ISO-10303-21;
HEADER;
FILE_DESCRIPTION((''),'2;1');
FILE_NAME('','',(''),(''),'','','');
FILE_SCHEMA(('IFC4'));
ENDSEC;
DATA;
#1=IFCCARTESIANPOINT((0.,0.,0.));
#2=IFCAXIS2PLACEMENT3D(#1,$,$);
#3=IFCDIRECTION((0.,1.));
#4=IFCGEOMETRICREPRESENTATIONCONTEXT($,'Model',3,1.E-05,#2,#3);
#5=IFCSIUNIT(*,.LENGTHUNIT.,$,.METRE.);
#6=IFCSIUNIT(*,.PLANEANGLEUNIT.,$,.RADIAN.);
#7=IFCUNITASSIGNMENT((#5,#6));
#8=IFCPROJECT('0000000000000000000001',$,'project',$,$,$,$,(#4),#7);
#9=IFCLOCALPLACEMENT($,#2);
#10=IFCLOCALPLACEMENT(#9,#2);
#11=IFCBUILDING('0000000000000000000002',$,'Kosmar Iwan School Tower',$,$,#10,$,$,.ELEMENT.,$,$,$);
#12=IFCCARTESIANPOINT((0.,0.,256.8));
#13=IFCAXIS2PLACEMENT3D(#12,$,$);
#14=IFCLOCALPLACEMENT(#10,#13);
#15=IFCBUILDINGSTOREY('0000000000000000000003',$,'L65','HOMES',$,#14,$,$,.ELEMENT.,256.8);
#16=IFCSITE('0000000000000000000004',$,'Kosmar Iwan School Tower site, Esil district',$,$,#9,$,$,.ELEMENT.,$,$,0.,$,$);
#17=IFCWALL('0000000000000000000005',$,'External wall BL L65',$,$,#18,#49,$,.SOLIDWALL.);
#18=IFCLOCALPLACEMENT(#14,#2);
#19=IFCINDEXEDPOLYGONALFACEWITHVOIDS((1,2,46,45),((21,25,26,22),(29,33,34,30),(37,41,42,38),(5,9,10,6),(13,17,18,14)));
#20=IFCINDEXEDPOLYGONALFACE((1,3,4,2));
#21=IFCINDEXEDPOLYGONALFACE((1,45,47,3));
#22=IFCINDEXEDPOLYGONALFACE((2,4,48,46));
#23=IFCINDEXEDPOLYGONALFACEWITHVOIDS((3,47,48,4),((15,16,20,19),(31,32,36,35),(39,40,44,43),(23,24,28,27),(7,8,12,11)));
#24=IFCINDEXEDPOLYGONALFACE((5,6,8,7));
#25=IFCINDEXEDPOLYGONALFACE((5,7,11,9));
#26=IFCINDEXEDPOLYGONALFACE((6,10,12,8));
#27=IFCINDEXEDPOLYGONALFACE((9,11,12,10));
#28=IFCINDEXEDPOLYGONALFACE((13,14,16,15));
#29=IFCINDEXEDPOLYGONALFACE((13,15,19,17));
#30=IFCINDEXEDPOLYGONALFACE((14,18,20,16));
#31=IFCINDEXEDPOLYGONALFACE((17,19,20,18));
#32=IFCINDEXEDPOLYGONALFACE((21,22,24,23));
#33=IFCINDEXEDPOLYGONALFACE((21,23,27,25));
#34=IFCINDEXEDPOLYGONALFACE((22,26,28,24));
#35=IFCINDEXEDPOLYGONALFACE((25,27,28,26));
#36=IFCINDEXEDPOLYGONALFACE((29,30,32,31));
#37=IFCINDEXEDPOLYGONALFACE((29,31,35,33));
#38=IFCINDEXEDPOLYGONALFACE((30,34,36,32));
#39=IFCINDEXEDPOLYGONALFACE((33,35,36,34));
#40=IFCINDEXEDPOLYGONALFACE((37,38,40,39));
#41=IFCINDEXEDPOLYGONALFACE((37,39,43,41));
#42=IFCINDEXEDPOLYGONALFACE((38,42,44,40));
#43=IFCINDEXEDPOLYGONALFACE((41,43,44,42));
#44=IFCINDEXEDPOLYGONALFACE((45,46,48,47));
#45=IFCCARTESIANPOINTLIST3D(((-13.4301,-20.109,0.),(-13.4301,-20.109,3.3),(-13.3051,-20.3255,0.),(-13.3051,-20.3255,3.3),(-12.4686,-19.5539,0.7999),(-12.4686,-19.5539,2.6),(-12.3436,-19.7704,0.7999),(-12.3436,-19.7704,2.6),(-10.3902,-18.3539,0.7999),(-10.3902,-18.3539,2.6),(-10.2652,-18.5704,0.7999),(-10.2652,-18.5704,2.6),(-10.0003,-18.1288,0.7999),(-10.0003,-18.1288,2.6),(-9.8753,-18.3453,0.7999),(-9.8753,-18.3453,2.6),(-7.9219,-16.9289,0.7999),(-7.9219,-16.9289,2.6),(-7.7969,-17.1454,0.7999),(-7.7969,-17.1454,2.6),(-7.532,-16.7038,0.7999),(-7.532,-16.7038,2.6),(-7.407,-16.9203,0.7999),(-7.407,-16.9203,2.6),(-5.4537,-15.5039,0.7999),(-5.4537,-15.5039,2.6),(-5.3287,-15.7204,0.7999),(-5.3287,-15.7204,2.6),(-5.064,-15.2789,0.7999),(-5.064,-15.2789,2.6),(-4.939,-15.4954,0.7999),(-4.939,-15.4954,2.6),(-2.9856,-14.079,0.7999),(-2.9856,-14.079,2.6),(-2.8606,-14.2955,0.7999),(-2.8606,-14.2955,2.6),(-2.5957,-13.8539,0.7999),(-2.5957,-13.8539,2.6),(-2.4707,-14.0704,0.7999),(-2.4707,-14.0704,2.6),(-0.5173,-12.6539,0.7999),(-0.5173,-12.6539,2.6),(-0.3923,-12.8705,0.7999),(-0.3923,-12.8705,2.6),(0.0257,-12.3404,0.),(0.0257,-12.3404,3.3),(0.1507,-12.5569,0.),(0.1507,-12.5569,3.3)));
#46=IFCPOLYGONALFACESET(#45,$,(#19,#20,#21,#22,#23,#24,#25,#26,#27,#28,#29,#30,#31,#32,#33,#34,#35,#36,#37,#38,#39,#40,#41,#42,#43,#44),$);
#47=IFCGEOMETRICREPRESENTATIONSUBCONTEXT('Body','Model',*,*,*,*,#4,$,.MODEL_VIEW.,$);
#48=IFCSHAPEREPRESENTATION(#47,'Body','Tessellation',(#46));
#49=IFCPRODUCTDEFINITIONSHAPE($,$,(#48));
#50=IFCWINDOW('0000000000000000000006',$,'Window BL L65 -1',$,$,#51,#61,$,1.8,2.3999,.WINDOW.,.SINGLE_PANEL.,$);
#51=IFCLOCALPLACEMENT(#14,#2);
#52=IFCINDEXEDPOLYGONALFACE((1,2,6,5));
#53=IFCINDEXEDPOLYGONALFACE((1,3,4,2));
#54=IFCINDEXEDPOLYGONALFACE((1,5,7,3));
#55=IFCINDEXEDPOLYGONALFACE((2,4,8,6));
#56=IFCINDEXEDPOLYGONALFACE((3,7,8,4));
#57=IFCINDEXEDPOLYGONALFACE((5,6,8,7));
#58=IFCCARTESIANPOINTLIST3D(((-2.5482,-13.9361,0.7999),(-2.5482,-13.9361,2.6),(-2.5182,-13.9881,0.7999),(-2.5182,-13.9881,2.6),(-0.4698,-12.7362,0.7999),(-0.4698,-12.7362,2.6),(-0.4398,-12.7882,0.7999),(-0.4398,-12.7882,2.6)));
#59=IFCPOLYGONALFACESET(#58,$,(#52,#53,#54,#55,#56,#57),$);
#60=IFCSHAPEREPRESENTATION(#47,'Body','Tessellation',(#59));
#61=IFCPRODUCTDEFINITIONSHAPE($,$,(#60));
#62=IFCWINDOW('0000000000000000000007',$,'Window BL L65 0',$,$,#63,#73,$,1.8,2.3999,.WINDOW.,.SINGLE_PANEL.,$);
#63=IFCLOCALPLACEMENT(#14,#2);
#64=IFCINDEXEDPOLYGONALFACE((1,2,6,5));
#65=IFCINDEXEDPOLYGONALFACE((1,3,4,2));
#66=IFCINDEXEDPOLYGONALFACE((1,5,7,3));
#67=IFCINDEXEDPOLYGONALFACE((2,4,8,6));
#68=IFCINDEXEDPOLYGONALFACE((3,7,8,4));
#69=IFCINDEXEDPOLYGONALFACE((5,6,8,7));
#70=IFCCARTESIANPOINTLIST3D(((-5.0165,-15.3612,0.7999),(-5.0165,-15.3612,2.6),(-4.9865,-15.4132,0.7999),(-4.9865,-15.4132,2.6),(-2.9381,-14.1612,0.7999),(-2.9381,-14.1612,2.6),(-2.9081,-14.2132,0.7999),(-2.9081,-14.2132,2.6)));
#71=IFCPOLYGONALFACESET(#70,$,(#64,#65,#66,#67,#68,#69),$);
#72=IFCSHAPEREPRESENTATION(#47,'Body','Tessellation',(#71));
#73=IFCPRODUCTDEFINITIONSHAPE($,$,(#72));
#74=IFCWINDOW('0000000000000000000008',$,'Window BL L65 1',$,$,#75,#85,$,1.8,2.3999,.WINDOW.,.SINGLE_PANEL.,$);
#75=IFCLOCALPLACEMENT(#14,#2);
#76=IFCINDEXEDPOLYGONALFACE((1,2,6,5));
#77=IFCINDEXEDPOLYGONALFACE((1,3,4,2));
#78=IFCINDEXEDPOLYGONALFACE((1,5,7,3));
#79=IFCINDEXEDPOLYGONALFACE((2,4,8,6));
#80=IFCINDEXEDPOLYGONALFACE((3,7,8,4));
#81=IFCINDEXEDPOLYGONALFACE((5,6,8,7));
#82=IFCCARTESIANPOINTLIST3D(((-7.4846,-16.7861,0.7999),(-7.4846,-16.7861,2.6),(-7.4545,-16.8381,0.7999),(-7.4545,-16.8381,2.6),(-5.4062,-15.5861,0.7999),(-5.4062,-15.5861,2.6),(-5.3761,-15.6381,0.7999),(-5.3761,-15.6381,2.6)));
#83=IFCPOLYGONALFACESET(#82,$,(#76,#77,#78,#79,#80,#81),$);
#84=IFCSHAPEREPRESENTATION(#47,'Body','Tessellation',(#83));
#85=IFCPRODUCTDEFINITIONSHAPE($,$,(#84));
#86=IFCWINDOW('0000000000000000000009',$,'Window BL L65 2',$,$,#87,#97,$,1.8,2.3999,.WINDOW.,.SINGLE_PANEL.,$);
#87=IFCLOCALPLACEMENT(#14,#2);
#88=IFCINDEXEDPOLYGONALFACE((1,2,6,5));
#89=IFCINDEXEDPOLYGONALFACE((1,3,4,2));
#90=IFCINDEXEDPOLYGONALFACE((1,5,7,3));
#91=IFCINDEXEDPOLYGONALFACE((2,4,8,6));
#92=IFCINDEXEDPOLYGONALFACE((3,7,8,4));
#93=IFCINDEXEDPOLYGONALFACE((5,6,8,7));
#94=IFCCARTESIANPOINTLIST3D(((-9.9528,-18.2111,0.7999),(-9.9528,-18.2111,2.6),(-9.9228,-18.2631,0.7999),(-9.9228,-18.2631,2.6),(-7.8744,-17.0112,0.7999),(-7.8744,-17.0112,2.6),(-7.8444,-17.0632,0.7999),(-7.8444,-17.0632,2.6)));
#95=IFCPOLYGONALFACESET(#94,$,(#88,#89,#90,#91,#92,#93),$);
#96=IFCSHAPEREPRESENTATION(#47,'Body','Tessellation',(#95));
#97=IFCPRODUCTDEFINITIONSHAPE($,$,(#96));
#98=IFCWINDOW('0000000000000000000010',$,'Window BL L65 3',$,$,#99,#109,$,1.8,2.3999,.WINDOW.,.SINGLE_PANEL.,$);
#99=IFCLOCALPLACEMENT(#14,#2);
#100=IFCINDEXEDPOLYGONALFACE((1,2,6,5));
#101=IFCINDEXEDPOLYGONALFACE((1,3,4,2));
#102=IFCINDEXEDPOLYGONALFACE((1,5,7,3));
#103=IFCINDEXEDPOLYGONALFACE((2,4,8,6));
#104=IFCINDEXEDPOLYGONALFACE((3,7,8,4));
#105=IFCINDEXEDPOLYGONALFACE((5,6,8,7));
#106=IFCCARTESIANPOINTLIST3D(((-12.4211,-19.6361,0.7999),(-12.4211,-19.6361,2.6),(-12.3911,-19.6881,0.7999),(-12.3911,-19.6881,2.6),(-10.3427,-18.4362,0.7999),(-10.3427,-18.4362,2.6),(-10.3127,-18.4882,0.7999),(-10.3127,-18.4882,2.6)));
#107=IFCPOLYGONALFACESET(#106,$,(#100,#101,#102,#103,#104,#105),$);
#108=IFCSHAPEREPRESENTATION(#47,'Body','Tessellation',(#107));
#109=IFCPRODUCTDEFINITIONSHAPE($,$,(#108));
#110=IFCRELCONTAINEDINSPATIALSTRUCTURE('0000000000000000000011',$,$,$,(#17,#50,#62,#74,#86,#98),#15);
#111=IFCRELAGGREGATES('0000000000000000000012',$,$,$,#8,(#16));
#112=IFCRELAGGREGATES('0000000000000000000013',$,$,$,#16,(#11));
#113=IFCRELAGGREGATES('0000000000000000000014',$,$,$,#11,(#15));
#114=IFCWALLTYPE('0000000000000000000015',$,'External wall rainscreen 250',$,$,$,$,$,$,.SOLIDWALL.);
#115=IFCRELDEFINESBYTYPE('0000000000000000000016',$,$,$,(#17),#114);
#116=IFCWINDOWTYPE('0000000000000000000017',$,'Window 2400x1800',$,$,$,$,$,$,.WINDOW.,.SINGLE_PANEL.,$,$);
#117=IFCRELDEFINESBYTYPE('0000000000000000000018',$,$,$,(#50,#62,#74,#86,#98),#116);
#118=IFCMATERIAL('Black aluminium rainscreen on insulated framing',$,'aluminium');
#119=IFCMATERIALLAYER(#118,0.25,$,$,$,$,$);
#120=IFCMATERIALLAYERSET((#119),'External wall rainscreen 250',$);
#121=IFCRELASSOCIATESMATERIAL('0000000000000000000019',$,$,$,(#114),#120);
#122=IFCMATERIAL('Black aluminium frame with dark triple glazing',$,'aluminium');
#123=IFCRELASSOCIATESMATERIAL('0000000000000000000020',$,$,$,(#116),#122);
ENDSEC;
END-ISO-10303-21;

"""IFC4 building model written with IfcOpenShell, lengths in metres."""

from ifc_helpers import new_model, si_unit, direction, frame, frame_2d, origin, place, context, subcontext, project, spatial, rectangle, extrude, material, layer, layer_set, type_object, element, fill, save


model = new_model("IFC4")

# Units and contexts
model_context = context("Model", 3, precision=1e-05, world=origin(), true_north=direction((0.0, 1.0)))
body_context = subcontext(model_context, "Body", "Model", "MODEL_VIEW")
ifc_project = project(units=[si_unit("LENGTHUNIT", "METRE"), si_unit("PLANEANGLEUNIT", "RADIAN")], contexts=[model_context])

# Site, building, storey
site_placement = place(None, origin())
site = spatial("IfcSite", under=ifc_project, at=site_placement, Name="Kosmar Iwan School Tower site, Esil district", CompositionType="ELEMENT", RefElevation=0.0)
building_placement = place(site_placement, origin())
building = spatial("IfcBuilding", under=site, at=building_placement, Name="Kosmar Iwan School Tower", CompositionType="ELEMENT")
storey_placement = place(building_placement, frame((0.0, 0.0, 256.8)))
storey = spatial("IfcBuildingStorey", under=building, at=storey_placement, Name="L65", Description="HOMES", CompositionType="ELEMENT", Elevation=256.8)

# Wall, openings, windows
ifc_material_1 = material(Name="Black aluminium rainscreen on insulated framing", Category="aluminium")
ifc_layer_1 = layer(ifc_material_1, 0.25)
ifc_layer_set_1 = layer_set([ifc_layer_1], Name="External wall rainscreen 250")
wall_type_1 = type_object("IfcWallType", Name="External wall rainscreen 250", PredefinedType="SOLIDWALL", material=ifc_layer_set_1)
wall_1_placement = place(storey_placement, frame((0.0881, -12.4487, 0.0), z_axis=(0.0, 0.0, 1.0), x_axis=(-0.86603, -0.499992, 0.0)))
wall_1 = element("IfcWall", 1, at=wall_1_placement, inside=storey, type_object=wall_type_1, Name="External wall BL L65", PredefinedType="SOLIDWALL", context=body_context, shape_type="SweptSolid", body=[
    extrude(rectangle(XDim=15.5374, YDim=0.25, at=frame_2d((7.7686, 0.0))), origin(), (0.0, 0.0, 1.0), 3.3),
])
opening_1_placement = place(wall_1_placement, frame((0.627, 0.0, 0.8)))
opening_1 = element("IfcOpeningElement", 2, at=opening_1_placement, cuts=wall_1, PredefinedType="OPENING", context=body_context, shape_type="SweptSolid", body=[
    extrude(rectangle(XDim=2.3999, YDim=1.8, at=frame_2d((1.2, 0.8999))), frame((0.0, 0.137, 0.0), z_axis=(0.0, -1.0, 0.0), x_axis=(1.0, 0.0, 0.0)), (0.0, 0.0, 1.0), 0.2739),
])
opening_2_placement = place(wall_1_placement, frame((3.4771, 0.0, 0.8)))
opening_2 = element("IfcOpeningElement", 3, at=opening_2_placement, cuts=wall_1, PredefinedType="OPENING", context=body_context, shape_type="SweptSolid", body=[
    extrude(rectangle(XDim=2.3999, YDim=1.8, at=frame_2d((1.2, 0.8999))), frame((0.0, 0.137, 0.0), z_axis=(0.0, -1.0, 0.0), x_axis=(1.0, 0.0, 0.0)), (0.0, 0.0, 1.0), 0.2739),
])
opening_3_placement = place(wall_1_placement, frame((6.3269, 0.0, 0.8)))
opening_3 = element("IfcOpeningElement", 4, at=opening_3_placement, cuts=wall_1, PredefinedType="OPENING", context=body_context, shape_type="SweptSolid", body=[
    extrude(rectangle(XDim=2.3999, YDim=1.8, at=frame_2d((1.2, 0.8999))), frame((0.0, 0.137, 0.0), z_axis=(0.0, -1.0, 0.0), x_axis=(1.0, 0.0, 0.0)), (0.0, 0.0, 1.0), 0.2739),
])
opening_4_placement = place(wall_1_placement, frame((9.177, 0.0, 0.8)))
opening_4 = element("IfcOpeningElement", 5, at=opening_4_placement, cuts=wall_1, PredefinedType="OPENING", context=body_context, shape_type="SweptSolid", body=[
    extrude(rectangle(XDim=2.3999, YDim=1.8, at=frame_2d((1.2, 0.8999))), frame((0.0, 0.137, 0.0), z_axis=(0.0, -1.0, 0.0), x_axis=(1.0, 0.0, 0.0)), (0.0, 0.0, 1.0), 0.2739),
])
opening_5_placement = place(wall_1_placement, frame((12.0271, 0.0, 0.8)))
opening_5 = element("IfcOpeningElement", 6, at=opening_5_placement, cuts=wall_1, PredefinedType="OPENING", context=body_context, shape_type="SweptSolid", body=[
    extrude(rectangle(XDim=2.3999, YDim=1.8, at=frame_2d((1.2, 0.8999))), frame((0.0, 0.137, 0.0), z_axis=(0.0, -1.0, 0.0), x_axis=(1.0, 0.0, 0.0)), (0.0, 0.0, 1.0), 0.2739),
])
ifc_material_2 = material(Name="Black aluminium frame with dark triple glazing", Category="aluminium")
window_type = type_object("IfcWindowType", Name="Window 2400x1800", PartitioningType="SINGLE_PANEL", PredefinedType="WINDOW", material=ifc_material_2)
window_1_placement = place(opening_1_placement, origin())
window_1 = element("IfcWindow", 7, at=window_1_placement, inside=storey, type_object=window_type, Name="Window BL L65 -1", OverallHeight=1.8, OverallWidth=2.3999, PartitioningType="SINGLE_PANEL", PredefinedType="WINDOW", context=body_context, shape_type="SweptSolid", body=[
    extrude(rectangle(XDim=2.3999, YDim=1.8, at=frame_2d((1.2, 0.8999))), frame((0.0, 0.03, 0.0), z_axis=(0.0, -1.0, 0.0), x_axis=(1.0, 0.0, 0.0)), (0.0, 0.0, 1.0), 0.0601),
])
fill(opening_1, window_1)
window_2_placement = place(opening_2_placement, origin())
window_2 = element("IfcWindow", 8, at=window_2_placement, inside=storey, type_object=window_type, Name="Window BL L65 0", OverallHeight=1.8, OverallWidth=2.3999, PartitioningType="SINGLE_PANEL", PredefinedType="WINDOW", context=body_context, shape_type="SweptSolid", body=[
    extrude(rectangle(XDim=2.3999, YDim=1.8, at=frame_2d((1.2, 0.8999))), frame((0.0, 0.03, 0.0), z_axis=(0.0, -1.0, 0.0), x_axis=(1.0, 0.0, 0.0)), (0.0, 0.0, 1.0), 0.0601),
])
fill(opening_2, window_2)
window_3_placement = place(opening_3_placement, origin())
window_3 = element("IfcWindow", 9, at=window_3_placement, inside=storey, type_object=window_type, Name="Window BL L65 1", OverallHeight=1.8, OverallWidth=2.3999, PartitioningType="SINGLE_PANEL", PredefinedType="WINDOW", context=body_context, shape_type="SweptSolid", body=[
    extrude(rectangle(XDim=2.3999, YDim=1.8, at=frame_2d((1.2, 0.8999))), frame((0.0, 0.03, 0.0), z_axis=(0.0, -1.0, 0.0), x_axis=(1.0, 0.0, 0.0)), (0.0, 0.0, 1.0), 0.0601),
])
fill(opening_3, window_3)
window_4_placement = place(opening_4_placement, origin())
window_4 = element("IfcWindow", 10, at=window_4_placement, inside=storey, type_object=window_type, Name="Window BL L65 2", OverallHeight=1.8, OverallWidth=2.3999, PartitioningType="SINGLE_PANEL", PredefinedType="WINDOW", context=body_context, shape_type="SweptSolid", body=[
    extrude(rectangle(XDim=2.3999, YDim=1.8, at=frame_2d((1.2, 0.8999))), frame((0.0, 0.03, 0.0), z_axis=(0.0, -1.0, 0.0), x_axis=(1.0, 0.0, 0.0)), (0.0, 0.0, 1.0), 0.0601),
])
fill(opening_4, window_4)
window_5_placement = place(opening_5_placement, origin())
window_5 = element("IfcWindow", 11, at=window_5_placement, inside=storey, type_object=window_type, Name="Window BL L65 3", OverallHeight=1.8, OverallWidth=2.3999, PartitioningType="SINGLE_PANEL", PredefinedType="WINDOW", context=body_context, shape_type="SweptSolid", body=[
    extrude(rectangle(XDim=2.3999, YDim=1.8, at=frame_2d((1.2, 0.8999))), frame((0.0, 0.03, 0.0), z_axis=(0.0, -1.0, 0.0), x_axis=(1.0, 0.0, 0.0)), (0.0, 0.0, 1.0), 0.0601),
])
fill(opening_5, window_5)

save(model, "model.ifc")
